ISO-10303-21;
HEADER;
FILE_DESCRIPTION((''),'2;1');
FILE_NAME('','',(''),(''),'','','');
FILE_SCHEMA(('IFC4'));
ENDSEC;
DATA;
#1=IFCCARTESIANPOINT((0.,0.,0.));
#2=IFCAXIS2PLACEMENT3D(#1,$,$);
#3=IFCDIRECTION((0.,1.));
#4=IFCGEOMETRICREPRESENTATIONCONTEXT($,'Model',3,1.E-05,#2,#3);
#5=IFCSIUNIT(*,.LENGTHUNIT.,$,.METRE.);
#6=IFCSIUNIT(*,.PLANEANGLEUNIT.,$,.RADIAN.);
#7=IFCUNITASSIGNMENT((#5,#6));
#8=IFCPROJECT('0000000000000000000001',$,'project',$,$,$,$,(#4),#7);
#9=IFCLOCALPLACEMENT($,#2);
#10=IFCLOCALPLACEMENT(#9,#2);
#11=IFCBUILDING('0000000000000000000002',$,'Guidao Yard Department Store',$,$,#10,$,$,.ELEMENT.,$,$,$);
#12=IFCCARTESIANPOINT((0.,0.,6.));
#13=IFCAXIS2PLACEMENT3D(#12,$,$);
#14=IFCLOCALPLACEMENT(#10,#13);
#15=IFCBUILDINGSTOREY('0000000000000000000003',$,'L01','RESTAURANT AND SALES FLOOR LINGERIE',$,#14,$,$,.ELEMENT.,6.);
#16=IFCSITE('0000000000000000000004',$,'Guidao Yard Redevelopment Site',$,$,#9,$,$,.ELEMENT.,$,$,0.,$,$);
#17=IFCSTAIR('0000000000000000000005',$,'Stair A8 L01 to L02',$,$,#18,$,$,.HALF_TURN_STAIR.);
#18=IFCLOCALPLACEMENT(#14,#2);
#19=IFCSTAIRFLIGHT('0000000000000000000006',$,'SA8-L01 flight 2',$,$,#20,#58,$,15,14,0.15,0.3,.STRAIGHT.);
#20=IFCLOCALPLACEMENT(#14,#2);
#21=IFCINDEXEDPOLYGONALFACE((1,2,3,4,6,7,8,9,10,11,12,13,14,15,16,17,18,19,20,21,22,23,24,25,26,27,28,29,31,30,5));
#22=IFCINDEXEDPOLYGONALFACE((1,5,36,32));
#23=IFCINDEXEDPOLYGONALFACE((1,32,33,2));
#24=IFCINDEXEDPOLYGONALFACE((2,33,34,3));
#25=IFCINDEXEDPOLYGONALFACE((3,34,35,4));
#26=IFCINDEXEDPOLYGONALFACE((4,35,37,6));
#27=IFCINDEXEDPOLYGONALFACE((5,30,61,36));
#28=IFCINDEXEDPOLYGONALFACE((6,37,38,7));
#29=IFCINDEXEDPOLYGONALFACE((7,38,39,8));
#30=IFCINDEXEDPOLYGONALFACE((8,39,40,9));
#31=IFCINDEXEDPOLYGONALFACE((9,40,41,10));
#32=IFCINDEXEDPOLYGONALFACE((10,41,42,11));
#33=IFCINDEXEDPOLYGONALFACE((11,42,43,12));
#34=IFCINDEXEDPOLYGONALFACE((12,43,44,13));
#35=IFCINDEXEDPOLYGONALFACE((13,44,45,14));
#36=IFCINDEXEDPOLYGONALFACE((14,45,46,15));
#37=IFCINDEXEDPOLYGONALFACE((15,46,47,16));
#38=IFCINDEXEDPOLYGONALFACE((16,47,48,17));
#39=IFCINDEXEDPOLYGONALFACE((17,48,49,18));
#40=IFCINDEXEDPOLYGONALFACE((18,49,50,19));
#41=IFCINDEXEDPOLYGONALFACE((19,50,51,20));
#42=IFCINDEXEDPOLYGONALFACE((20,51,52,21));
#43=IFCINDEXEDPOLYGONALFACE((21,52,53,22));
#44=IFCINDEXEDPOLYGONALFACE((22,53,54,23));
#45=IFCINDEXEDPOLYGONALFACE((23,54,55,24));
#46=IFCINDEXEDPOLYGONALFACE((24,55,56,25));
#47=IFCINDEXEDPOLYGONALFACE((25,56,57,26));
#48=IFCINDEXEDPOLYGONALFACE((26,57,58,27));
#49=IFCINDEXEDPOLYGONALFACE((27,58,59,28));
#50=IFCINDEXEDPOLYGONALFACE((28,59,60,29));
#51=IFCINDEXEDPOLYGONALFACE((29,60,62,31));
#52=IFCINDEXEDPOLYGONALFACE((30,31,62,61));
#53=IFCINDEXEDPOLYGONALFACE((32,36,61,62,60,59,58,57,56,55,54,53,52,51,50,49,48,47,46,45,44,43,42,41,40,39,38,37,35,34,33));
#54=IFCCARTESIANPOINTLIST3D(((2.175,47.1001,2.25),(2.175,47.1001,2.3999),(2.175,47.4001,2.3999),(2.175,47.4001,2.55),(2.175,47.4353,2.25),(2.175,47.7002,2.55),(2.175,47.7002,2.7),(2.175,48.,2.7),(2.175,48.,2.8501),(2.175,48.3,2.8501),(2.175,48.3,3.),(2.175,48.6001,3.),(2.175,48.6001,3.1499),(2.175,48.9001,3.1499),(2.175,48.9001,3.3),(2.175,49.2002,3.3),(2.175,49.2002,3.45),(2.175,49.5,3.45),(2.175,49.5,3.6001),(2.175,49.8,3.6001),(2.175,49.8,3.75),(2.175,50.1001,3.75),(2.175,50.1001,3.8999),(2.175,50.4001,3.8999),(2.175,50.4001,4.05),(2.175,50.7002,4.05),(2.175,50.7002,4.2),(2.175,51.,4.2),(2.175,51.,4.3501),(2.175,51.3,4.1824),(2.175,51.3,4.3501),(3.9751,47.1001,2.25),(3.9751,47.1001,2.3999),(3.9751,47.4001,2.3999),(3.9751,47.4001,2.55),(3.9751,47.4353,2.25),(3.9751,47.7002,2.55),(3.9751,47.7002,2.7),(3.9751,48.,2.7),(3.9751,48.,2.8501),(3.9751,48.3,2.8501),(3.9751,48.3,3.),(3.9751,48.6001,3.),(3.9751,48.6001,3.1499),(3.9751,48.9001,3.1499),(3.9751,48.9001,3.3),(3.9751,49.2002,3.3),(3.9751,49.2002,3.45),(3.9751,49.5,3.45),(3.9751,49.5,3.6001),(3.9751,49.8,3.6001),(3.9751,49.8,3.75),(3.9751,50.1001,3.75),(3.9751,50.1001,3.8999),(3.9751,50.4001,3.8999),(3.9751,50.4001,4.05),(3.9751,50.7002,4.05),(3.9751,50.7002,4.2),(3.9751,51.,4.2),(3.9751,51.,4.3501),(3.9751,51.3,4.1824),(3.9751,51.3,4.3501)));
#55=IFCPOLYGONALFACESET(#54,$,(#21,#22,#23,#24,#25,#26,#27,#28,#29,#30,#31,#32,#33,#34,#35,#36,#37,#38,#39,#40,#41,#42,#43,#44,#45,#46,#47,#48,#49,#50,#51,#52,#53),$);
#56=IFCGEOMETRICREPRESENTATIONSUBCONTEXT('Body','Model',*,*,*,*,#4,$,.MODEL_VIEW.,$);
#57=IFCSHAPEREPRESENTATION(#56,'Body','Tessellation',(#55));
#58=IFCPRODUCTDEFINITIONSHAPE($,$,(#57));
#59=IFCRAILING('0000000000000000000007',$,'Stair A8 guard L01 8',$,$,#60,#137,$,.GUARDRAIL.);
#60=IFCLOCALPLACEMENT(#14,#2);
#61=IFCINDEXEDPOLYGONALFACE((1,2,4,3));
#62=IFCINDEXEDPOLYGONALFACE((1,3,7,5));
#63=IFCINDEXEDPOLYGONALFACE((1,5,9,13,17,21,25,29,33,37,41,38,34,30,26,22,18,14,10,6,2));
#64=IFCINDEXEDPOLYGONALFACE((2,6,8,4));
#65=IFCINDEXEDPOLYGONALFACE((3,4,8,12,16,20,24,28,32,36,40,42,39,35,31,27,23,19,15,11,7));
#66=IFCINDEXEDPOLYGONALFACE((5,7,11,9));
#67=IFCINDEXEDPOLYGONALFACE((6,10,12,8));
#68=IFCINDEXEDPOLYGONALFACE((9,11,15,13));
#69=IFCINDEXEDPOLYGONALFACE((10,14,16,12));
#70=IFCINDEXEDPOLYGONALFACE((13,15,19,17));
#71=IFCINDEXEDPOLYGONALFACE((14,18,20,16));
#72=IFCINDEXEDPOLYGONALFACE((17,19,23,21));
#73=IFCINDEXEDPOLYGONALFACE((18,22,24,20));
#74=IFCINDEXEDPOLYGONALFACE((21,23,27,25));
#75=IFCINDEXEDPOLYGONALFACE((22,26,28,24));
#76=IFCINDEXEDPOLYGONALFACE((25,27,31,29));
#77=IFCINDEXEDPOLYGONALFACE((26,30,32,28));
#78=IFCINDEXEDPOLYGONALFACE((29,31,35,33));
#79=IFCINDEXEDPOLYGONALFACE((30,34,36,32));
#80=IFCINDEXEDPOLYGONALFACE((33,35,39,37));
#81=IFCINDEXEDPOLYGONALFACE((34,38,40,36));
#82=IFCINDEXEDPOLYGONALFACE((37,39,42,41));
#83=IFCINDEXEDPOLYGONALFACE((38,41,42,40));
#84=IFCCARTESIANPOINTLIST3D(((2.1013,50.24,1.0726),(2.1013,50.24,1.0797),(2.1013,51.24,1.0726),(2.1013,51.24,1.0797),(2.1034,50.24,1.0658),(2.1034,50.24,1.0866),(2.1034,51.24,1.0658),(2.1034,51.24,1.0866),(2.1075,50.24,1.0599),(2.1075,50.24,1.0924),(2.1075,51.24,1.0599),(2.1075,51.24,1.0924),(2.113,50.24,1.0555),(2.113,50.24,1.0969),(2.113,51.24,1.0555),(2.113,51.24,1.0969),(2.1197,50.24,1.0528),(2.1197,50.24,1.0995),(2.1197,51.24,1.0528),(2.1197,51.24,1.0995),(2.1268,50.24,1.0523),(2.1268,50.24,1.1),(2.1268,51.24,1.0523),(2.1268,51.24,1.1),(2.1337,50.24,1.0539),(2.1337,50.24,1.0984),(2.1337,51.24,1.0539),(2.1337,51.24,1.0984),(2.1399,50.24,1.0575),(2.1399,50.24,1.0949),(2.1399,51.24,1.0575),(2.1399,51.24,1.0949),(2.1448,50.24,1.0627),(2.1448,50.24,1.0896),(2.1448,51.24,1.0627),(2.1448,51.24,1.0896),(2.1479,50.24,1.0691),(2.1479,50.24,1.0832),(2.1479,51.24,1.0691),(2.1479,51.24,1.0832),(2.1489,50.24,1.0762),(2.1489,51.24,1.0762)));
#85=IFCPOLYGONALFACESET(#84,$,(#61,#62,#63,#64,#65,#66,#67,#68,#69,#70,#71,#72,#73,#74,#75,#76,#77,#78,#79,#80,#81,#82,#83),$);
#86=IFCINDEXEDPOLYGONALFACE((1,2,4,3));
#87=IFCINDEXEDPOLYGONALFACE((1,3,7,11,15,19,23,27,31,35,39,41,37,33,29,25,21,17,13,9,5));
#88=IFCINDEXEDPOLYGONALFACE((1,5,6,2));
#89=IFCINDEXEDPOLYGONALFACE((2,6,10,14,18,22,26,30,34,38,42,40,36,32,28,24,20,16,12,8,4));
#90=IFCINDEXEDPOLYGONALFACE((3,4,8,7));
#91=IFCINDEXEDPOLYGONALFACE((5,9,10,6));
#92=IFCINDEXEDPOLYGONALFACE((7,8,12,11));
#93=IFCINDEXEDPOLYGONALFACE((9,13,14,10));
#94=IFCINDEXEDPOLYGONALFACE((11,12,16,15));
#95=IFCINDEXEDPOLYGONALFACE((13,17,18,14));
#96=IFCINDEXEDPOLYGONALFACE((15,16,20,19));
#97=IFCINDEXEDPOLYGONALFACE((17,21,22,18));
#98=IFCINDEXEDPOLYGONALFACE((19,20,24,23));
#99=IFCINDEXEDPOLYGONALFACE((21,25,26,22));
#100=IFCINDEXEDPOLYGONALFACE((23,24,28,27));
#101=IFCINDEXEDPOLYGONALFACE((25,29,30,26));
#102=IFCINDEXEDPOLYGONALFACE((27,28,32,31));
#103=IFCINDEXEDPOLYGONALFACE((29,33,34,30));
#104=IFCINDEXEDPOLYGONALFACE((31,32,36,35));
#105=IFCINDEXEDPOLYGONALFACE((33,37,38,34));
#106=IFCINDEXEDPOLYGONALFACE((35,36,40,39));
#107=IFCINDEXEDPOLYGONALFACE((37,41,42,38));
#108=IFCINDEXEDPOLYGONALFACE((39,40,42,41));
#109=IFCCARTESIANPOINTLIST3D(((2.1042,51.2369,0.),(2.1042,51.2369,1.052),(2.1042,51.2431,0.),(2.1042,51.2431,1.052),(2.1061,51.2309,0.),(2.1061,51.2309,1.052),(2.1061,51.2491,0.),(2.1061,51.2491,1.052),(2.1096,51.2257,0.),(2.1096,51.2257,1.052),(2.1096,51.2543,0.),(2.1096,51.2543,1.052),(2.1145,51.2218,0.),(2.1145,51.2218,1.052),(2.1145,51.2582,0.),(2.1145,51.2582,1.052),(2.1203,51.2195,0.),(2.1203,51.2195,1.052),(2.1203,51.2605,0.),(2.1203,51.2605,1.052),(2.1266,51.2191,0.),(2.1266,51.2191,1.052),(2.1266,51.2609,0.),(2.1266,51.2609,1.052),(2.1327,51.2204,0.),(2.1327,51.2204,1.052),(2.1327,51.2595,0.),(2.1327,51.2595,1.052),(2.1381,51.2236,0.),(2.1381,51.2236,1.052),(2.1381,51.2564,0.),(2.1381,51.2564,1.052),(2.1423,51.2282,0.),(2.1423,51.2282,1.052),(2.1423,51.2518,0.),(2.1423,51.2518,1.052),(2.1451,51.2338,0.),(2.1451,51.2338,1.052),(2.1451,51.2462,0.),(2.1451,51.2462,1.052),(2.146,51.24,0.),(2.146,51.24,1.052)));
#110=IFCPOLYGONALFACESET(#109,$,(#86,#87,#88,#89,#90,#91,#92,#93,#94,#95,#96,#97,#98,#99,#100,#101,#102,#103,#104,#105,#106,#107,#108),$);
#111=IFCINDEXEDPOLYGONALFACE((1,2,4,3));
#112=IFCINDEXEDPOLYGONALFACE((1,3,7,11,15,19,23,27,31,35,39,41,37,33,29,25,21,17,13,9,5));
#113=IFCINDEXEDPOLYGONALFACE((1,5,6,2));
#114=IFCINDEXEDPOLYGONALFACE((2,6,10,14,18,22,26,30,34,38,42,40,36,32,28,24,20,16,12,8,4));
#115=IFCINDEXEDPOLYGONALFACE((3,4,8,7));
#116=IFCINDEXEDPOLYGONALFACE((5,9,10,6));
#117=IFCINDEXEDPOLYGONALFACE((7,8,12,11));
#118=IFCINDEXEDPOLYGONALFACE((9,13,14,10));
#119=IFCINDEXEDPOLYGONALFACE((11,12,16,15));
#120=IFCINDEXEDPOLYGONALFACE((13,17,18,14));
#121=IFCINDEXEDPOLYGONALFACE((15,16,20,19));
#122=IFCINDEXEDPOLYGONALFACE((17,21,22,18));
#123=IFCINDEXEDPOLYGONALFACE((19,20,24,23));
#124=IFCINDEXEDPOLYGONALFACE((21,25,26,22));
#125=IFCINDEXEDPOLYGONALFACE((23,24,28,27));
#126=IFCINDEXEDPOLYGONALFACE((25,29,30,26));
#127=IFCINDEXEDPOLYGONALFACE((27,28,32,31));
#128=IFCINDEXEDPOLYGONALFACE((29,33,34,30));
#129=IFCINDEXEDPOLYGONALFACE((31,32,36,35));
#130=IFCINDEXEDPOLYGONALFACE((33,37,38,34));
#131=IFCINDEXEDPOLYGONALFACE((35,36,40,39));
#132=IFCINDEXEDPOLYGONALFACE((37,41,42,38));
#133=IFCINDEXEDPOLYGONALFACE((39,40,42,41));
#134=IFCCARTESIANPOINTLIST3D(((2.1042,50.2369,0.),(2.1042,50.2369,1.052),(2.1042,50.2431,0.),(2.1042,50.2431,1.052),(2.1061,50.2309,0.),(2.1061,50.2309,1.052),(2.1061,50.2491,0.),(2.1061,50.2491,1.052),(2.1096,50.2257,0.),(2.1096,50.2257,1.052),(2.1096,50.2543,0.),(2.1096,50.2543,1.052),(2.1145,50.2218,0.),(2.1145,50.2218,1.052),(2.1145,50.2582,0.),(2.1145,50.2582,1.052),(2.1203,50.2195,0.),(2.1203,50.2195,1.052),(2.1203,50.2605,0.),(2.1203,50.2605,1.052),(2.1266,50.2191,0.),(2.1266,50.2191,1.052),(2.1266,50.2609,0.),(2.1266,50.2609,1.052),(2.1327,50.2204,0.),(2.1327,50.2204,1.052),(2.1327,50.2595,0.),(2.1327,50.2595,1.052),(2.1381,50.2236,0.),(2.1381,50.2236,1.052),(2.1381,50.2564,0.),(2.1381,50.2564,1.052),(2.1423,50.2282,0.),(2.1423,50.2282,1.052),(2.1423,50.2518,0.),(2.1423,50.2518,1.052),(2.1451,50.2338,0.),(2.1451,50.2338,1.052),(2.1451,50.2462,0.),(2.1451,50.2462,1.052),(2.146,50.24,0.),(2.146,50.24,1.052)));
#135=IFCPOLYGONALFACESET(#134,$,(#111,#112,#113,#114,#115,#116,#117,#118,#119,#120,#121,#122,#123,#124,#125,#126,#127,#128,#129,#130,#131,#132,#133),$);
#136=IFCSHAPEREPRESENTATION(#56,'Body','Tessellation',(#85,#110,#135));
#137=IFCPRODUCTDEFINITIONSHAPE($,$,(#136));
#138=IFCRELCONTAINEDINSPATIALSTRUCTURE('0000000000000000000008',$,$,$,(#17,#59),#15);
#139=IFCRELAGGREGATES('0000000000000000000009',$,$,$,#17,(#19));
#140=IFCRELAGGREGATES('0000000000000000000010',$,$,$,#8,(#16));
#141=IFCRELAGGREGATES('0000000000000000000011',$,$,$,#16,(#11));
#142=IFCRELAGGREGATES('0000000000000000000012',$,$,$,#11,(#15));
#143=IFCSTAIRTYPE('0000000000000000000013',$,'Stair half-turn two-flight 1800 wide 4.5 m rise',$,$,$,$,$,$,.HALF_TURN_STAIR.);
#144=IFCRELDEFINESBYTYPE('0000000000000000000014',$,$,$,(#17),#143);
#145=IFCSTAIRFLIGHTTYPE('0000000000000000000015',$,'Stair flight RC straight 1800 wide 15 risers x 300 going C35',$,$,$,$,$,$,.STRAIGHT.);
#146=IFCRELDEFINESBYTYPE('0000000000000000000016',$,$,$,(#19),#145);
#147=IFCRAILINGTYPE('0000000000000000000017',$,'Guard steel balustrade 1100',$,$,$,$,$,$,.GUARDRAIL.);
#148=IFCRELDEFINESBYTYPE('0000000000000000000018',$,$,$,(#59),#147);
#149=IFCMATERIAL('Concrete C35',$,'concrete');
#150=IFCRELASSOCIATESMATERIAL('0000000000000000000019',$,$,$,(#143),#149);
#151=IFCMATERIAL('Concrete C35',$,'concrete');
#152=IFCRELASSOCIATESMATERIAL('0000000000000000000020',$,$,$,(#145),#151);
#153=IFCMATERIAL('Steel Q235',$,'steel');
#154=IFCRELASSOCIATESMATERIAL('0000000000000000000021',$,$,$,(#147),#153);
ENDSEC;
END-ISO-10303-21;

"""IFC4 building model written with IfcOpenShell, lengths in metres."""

from ifc_helpers import new_model, si_unit, direction, frame, origin, origin_2d, place, context, subcontext, project, spatial, polyline, circle, outline, extrude, material, type_object, element, aggregate, save


model = new_model("IFC4")

# Units and contexts
model_context = context("Model", 3, precision=1e-05, world=origin(), true_north=direction((0.0, 1.0)))
body_context = subcontext(model_context, "Body", "Model", "MODEL_VIEW")
ifc_project = project(units=[si_unit("LENGTHUNIT", "METRE"), si_unit("PLANEANGLEUNIT", "RADIAN")], contexts=[model_context])

# Site, building, storey
site_placement = place(None, origin())
site = spatial("IfcSite", under=ifc_project, at=site_placement, Name="Guidao Yard Redevelopment Site", CompositionType="ELEMENT", RefElevation=0.0)
building_placement = place(site_placement, origin())
building = spatial("IfcBuilding", under=site, at=building_placement, Name="Guidao Yard Department Store", CompositionType="ELEMENT")
storey_placement = place(building_placement, frame((0.0, 0.0, 6.0)))
storey = spatial("IfcBuildingStorey", under=building, at=storey_placement, Name="L01", Description="RESTAURANT AND SALES FLOOR LINGERIE", CompositionType="ELEMENT", Elevation=6.0)

# Stair, stair flight
ifc_material_1 = material(Name="Concrete C35", Category="concrete")
stair_type = type_object("IfcStairType", Name="Stair half-turn two-flight 1800 wide 4.5 m rise", PredefinedType="HALF_TURN_STAIR", material=ifc_material_1)
stair_placement = place(storey_placement, origin())
stair = element("IfcStair", 1, at=stair_placement, inside=storey, type_object=stair_type, Name="Stair A8 L01 to L02", PredefinedType="HALF_TURN_STAIR")
ifc_material_2 = material(Name="Concrete C35", Category="concrete")
stair_flight_type = type_object("IfcStairFlightType", Name="Stair flight RC straight 1800 wide 15 risers x 300 going C35", PredefinedType="STRAIGHT", material=ifc_material_2)
stair_flight_1_placement = place(storey_placement, frame((3.075, 47.1001, 2.25), z_axis=(0.0, 0.0, 1.0), x_axis=(0.0, 1.0, 0.0)))
stair_flight_1 = element("IfcStairFlight", 2, at=stair_flight_1_placement, type_object=stair_flight_type, Name="SA8-L01 flight 2", NumberOfRisers=15, NumberOfTreads=14, PredefinedType="STRAIGHT", RiserHeight=0.15, TreadLength=0.3, context=body_context, shape_type="SweptSolid", body=[
    extrude(outline(polyline([(0.0, 0.0), (0.0, 0.1499), (0.3, 0.1499), (0.3, 0.3), (0.6001, 0.3), (0.6001, 0.45), (0.8999, 0.45), (0.8999, 0.6001), (1.2, 0.6001), (1.2, 0.75), (1.5, 0.75), (1.5, 0.8999), (1.8, 0.8999), (1.8, 1.05), (2.1001, 1.05), (2.1001, 1.2), (2.3999, 1.2), (2.3999, 1.3501), (2.7, 1.3501), (2.7, 1.5), (3.0, 1.5), (3.0, 1.6499), (3.3, 1.6499), (3.3, 1.8), (3.6001, 1.8), (3.6001, 1.95), (3.8999, 1.95), (3.8999, 2.1001), (4.2, 2.1001), (4.2, 2.25), (4.2, 1.9324), (0.3352, 0.0), (0.0, 0.0)])), frame((0.0, 0.8999, 0.0), z_axis=(0.0, -1.0, 0.0), x_axis=(1.0, 0.0, 0.0)), (0.0, 0.0, 1.0), 1.8),
])
aggregate(stair, [stair_flight_1])

# Railing
ifc_material_3 = material(Name="Steel Q235", Category="steel")
railing_type_1 = type_object("IfcRailingType", Name="Guard steel balustrade 1100", PredefinedType="GUARDRAIL", material=ifc_material_3)
railing_placement = place(storey_placement, frame((2.125, 51.24, 0.0)))
element("IfcRailing", 3, at=railing_placement, inside=storey, type_object=railing_type_1, Name="Stair A8 guard L01 8", PredefinedType="GUARDRAIL", context=body_context, shape_type="SweptSolid", body=[
    extrude(circle(Radius=0.0239, at=origin_2d()), frame((0.0, 0.0, 1.0762), z_axis=(0.0, -1.0, 0.0), x_axis=(1.0, 0.0, 0.0)), (0.0, 0.0, 1.0), 1.0),
    extrude(circle(Radius=0.021, at=origin_2d()), origin(), (0.0, 0.0, 1.0), 1.052),
    extrude(circle(Radius=0.021, at=origin_2d()), frame((0.0, -1.0, 0.0)), (0.0, 0.0, 1.0), 1.052),
])

save(model, "model.ifc")
